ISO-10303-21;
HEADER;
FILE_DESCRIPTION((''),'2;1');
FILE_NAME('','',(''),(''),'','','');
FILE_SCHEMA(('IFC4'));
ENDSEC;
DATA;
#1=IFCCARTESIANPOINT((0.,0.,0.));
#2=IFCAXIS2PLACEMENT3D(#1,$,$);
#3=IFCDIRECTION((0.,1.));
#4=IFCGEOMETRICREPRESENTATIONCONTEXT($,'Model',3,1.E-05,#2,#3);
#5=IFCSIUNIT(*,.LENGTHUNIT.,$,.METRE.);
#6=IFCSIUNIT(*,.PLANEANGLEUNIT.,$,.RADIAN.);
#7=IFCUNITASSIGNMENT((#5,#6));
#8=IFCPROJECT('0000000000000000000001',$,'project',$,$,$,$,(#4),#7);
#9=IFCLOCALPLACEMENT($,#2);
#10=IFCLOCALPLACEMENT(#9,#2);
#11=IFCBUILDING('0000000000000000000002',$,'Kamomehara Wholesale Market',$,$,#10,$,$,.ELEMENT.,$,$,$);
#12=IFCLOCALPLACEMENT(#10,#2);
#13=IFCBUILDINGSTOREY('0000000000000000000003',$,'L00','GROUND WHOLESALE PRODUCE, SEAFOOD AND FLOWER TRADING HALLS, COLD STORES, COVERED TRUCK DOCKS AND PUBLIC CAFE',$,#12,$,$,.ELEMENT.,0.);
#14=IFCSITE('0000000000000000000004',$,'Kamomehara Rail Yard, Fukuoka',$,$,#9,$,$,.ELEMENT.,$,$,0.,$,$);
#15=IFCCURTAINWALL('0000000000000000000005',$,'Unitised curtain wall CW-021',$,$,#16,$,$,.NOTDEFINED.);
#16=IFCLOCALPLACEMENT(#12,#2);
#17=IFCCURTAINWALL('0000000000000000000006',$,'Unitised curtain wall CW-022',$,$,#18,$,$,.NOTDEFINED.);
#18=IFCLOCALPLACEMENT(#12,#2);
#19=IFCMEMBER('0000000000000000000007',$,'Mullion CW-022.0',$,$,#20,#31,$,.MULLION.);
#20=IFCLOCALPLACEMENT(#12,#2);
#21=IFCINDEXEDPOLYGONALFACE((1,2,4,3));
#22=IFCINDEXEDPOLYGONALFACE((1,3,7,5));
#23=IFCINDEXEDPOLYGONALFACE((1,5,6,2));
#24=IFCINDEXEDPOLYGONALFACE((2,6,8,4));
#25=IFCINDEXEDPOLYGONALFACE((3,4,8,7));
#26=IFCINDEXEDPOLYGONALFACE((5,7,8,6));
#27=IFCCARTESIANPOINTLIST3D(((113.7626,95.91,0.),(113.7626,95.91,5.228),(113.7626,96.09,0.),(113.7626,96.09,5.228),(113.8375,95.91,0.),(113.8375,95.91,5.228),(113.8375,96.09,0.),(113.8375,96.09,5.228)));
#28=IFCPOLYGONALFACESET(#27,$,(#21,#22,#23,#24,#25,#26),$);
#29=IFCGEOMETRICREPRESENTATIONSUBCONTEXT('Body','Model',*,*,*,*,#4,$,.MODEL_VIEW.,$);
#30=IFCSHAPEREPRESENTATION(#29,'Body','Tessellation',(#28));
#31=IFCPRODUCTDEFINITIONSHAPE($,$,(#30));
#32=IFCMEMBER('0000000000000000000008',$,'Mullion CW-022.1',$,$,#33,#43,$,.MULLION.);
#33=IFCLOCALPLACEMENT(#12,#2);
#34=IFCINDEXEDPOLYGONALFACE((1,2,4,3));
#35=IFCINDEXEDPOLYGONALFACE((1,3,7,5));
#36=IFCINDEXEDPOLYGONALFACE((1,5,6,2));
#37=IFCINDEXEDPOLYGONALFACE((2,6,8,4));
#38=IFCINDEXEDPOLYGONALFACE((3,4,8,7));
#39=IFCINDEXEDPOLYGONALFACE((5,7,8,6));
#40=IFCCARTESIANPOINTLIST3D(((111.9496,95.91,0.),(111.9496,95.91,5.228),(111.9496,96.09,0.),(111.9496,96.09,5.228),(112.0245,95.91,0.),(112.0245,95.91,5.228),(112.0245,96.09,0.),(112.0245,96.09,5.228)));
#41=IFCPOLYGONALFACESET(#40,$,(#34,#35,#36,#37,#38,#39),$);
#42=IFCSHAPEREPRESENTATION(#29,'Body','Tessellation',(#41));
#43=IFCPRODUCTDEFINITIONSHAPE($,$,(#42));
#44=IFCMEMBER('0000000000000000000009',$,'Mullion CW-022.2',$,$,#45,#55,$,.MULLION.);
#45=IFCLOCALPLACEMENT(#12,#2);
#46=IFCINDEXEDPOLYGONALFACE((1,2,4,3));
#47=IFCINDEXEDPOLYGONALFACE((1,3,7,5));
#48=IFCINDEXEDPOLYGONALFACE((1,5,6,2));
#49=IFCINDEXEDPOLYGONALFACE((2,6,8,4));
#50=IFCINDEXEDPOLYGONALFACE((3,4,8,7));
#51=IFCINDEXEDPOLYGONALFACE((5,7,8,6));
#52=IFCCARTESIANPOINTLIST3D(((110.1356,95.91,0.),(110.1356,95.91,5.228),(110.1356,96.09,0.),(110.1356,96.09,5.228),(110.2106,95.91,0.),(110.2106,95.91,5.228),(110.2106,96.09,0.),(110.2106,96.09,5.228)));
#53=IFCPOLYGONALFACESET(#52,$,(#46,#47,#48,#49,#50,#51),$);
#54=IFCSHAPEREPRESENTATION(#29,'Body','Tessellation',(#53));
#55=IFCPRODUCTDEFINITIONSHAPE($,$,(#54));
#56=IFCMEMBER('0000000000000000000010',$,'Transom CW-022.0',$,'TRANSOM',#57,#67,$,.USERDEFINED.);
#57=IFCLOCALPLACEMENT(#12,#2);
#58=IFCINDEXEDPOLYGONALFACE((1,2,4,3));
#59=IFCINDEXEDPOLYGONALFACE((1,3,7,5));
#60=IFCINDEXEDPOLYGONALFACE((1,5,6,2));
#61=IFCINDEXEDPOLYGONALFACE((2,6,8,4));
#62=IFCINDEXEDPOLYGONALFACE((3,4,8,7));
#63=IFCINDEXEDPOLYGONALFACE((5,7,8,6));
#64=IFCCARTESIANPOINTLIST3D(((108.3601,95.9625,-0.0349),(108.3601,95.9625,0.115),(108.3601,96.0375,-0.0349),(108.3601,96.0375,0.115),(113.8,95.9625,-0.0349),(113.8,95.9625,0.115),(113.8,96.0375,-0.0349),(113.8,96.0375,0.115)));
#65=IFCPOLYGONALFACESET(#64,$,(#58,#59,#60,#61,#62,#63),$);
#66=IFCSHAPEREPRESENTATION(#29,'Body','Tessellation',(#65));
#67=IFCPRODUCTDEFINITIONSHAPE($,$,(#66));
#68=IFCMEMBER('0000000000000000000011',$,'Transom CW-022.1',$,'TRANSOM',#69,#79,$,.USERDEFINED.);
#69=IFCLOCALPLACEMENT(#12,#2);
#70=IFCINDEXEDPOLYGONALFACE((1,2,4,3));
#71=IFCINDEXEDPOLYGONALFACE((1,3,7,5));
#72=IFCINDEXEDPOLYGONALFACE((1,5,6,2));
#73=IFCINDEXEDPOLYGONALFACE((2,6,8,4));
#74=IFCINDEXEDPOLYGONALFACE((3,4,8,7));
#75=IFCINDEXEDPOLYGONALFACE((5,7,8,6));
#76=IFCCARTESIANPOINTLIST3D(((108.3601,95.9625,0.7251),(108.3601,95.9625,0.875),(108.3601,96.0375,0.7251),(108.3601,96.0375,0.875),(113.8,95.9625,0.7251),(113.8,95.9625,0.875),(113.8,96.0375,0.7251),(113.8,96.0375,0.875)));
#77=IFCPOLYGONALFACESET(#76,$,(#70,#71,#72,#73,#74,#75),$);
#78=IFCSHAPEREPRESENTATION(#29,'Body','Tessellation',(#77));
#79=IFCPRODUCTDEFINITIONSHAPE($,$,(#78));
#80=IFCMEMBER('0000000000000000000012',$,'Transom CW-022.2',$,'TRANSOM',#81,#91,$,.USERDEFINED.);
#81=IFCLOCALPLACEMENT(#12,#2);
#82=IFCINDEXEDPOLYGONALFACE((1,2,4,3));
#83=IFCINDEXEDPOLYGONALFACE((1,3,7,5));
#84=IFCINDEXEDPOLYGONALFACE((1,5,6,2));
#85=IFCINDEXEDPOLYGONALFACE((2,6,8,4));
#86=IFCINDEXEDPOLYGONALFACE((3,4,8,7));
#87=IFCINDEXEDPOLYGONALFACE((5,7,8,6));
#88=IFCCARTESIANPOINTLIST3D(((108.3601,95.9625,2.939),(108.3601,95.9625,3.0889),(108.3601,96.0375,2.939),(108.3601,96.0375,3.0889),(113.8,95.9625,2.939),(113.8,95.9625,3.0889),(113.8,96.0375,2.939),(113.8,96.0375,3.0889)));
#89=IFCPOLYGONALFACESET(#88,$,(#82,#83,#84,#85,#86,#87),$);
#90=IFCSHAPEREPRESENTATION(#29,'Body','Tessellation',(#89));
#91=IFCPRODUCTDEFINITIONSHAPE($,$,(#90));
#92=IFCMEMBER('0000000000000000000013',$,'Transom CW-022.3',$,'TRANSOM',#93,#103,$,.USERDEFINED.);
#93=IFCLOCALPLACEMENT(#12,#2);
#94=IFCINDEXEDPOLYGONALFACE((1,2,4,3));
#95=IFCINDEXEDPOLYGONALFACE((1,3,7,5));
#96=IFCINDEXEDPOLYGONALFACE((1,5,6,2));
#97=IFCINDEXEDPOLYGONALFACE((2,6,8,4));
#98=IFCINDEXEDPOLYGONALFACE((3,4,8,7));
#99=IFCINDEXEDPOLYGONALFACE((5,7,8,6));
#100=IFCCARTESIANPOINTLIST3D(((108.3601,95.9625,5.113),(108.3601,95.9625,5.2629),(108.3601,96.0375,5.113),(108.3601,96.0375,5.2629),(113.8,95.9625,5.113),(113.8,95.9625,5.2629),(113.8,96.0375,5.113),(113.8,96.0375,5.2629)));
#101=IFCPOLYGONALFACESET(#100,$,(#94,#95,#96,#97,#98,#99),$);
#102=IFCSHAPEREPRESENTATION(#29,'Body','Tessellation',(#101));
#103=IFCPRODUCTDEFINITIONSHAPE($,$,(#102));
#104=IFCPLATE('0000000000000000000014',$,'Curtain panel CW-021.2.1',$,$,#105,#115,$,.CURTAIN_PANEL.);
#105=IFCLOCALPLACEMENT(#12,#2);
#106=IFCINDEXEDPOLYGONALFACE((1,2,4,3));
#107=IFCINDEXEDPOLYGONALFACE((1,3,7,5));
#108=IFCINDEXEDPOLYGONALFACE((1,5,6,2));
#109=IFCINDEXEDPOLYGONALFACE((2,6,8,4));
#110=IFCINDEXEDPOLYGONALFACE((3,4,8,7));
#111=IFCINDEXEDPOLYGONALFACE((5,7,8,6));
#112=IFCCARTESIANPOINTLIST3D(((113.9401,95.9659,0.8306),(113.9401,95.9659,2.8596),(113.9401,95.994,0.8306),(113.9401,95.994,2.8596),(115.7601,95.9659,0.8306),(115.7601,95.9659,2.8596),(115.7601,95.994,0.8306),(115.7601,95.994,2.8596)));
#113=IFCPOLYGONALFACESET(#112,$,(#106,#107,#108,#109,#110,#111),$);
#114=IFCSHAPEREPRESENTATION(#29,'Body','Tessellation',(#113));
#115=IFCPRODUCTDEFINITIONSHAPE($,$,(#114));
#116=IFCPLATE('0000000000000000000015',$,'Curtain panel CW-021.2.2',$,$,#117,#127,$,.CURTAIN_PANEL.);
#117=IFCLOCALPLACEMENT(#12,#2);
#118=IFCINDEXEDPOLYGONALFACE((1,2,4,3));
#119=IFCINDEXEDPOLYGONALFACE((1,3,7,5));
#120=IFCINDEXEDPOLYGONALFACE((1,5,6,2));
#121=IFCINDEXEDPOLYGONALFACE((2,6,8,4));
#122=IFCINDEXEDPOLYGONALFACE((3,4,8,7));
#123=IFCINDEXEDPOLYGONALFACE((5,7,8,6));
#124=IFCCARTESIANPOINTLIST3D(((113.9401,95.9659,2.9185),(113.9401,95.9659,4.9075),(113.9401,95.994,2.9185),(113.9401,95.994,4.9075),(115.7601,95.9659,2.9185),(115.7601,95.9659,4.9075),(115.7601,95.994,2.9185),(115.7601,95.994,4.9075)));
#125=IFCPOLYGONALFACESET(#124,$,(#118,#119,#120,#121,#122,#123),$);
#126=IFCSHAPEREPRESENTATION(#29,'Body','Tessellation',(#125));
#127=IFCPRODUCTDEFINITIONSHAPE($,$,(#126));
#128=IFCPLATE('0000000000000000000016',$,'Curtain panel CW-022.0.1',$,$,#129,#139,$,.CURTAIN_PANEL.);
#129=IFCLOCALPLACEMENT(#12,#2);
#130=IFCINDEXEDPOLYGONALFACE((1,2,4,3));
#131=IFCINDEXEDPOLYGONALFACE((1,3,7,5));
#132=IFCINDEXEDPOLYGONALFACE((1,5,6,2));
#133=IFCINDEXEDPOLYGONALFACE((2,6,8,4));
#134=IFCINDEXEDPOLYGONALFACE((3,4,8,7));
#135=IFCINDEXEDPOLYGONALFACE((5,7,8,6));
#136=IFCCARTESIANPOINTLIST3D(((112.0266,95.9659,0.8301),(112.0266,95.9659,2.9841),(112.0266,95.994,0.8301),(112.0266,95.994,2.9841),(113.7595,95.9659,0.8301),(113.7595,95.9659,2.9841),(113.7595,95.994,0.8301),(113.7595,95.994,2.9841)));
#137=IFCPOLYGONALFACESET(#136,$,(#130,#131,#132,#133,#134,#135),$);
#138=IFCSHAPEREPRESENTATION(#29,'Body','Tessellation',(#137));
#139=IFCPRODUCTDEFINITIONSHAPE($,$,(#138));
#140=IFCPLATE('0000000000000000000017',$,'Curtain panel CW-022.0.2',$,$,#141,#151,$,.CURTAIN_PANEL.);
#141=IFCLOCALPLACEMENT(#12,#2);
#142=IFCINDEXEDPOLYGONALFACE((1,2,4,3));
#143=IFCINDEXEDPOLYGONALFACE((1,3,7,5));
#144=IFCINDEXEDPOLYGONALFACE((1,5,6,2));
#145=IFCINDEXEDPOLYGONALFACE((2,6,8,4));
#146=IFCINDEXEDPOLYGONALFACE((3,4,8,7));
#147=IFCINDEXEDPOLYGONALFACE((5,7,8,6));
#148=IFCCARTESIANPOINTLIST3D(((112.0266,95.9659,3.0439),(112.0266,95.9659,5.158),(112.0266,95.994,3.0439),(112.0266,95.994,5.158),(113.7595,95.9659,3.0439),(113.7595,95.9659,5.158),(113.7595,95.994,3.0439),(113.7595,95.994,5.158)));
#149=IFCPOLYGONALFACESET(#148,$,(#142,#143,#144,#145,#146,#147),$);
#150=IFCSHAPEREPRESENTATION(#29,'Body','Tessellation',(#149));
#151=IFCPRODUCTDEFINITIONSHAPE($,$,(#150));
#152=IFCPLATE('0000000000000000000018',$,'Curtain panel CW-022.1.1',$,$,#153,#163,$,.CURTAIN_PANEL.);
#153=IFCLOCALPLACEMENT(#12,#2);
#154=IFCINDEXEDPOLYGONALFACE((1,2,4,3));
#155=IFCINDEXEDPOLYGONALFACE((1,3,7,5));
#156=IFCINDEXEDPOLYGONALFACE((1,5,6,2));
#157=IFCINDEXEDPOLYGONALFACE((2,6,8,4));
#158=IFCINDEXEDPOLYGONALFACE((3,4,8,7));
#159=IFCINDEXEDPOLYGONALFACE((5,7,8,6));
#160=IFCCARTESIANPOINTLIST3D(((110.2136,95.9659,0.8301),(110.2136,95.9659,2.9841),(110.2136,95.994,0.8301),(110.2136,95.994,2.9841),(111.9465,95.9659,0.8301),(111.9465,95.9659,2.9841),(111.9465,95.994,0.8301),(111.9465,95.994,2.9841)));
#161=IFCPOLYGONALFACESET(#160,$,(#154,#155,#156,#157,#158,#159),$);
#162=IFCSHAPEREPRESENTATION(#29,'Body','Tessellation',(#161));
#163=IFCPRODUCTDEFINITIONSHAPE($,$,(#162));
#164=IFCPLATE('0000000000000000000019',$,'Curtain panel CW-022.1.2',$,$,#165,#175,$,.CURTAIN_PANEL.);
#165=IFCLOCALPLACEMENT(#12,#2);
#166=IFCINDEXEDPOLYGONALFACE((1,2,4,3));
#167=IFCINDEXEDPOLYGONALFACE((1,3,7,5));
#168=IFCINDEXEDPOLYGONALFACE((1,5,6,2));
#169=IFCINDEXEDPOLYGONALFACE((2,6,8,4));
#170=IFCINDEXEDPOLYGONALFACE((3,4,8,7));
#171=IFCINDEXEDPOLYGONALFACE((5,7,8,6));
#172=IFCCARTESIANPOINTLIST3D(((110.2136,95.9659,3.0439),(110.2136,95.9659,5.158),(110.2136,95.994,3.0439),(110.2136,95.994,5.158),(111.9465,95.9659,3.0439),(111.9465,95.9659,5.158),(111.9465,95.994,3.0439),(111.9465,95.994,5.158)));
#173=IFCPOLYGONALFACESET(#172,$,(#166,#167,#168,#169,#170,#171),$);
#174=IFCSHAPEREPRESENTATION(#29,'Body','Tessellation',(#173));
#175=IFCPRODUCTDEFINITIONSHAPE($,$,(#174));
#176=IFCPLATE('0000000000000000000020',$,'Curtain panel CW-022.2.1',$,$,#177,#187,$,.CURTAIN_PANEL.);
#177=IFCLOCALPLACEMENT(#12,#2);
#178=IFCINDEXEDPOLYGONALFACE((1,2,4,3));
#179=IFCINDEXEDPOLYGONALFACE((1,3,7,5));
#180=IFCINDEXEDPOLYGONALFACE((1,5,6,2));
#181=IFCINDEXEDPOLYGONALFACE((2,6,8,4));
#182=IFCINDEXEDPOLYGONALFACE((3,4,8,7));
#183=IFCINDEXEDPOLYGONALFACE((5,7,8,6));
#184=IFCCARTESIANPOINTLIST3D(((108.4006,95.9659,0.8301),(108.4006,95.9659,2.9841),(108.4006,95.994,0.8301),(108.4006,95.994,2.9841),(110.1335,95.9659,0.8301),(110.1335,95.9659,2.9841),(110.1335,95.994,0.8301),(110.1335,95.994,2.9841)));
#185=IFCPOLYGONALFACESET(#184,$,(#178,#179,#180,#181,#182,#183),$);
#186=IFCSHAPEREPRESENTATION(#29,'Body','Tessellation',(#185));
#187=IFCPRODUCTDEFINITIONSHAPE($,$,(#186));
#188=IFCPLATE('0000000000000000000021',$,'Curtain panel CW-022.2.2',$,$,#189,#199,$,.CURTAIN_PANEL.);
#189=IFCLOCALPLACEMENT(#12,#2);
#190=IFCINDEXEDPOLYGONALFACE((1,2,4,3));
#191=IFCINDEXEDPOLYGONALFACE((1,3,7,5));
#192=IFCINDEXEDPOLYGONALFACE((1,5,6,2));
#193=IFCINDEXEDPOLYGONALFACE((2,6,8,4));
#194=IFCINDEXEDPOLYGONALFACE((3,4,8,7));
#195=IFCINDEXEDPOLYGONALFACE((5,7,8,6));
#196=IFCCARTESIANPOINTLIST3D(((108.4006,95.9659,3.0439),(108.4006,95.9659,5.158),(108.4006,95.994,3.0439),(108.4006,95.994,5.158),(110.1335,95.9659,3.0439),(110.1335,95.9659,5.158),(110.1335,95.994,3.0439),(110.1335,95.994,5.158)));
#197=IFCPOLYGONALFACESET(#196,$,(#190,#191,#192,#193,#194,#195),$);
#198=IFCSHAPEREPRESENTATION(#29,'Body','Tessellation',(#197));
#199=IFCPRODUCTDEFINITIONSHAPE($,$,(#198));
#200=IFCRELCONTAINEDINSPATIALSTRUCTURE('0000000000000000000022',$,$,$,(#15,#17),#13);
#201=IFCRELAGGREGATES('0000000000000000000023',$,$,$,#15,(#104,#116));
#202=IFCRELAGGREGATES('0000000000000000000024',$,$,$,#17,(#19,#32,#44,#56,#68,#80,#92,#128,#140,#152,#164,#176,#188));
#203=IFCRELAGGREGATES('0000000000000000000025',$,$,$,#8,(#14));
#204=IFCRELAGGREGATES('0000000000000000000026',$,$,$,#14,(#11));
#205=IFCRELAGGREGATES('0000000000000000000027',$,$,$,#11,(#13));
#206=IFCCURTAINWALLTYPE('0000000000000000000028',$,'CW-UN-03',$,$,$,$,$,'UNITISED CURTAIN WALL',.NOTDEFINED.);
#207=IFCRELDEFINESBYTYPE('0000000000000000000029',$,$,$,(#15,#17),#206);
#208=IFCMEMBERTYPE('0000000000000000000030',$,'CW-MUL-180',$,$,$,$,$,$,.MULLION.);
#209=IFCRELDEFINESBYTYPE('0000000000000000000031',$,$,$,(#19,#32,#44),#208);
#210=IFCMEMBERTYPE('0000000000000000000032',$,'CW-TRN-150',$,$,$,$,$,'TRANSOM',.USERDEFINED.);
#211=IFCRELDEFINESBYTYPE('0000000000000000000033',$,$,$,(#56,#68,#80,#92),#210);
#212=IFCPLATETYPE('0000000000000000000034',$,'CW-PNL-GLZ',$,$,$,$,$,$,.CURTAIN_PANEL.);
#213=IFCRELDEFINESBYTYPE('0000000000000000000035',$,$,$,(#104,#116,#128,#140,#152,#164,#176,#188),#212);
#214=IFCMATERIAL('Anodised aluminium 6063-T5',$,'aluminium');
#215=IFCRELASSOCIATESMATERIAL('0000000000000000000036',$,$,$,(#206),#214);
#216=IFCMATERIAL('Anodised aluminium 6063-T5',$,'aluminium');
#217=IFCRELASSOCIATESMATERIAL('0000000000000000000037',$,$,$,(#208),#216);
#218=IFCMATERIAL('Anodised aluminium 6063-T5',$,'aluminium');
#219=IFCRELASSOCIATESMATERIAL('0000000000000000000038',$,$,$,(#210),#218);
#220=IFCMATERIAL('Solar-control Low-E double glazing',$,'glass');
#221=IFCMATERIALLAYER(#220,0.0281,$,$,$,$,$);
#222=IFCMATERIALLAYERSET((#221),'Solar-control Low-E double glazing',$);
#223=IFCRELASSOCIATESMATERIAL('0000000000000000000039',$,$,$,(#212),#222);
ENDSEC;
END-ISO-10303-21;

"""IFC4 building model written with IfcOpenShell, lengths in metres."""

from ifc_helpers import new_model, si_unit, direction, frame, origin, origin_2d, place, context, subcontext, project, spatial, rectangle, extrude, material, layer, layer_set, material_profile, profile_set, type_object, element, aggregate, save


model = new_model("IFC4")

# Units and contexts
model_context = context("Model", 3, precision=1e-05, world=origin(), true_north=direction((0.0, 1.0)))
body_context = subcontext(model_context, "Body", "Model", "MODEL_VIEW")
ifc_project = project(units=[si_unit("LENGTHUNIT", "METRE"), si_unit("PLANEANGLEUNIT", "RADIAN")], contexts=[model_context])

# Site, building, storey
site_placement = place(None, origin())
site = spatial("IfcSite", under=ifc_project, at=site_placement, Name="Kamomehara Rail Yard, Fukuoka", CompositionType="ELEMENT", RefElevation=0.0)
building_placement = place(site_placement, origin())
building = spatial("IfcBuilding", under=site, at=building_placement, Name="Kamomehara Wholesale Market", CompositionType="ELEMENT")
storey_placement = place(building_placement, origin())
storey = spatial("IfcBuildingStorey", under=building, at=storey_placement, Name="L00", Description="GROUND WHOLESALE PRODUCE, SEAFOOD AND FLOWER TRADING HALLS, COLD STORES, COVERED TRUCK DOCKS AND PUBLIC CAFE", CompositionType="ELEMENT", Elevation=0.0)

# Curtain wall
ifc_material_1 = material(Name="Anodised aluminium 6063-T5", Category="aluminium")
curtain_wall_type = type_object("IfcCurtainWallType", Name="CW-UN-03", ElementType="UNITISED CURTAIN WALL", PredefinedType="NOTDEFINED", material=ifc_material_1)
curtain_wall_1_placement = place(storey_placement, origin())
curtain_wall_1 = element("IfcCurtainWall", 1, at=curtain_wall_1_placement, inside=storey, type_object=curtain_wall_type, Name="Unitised curtain wall CW-021", PredefinedType="NOTDEFINED")
ifc_material_2 = material(Name="Anodised aluminium 6063-T5", Category="aluminium")
ifc_material_profile_1 = material_profile(ifc_material_2, rectangle(XDim=0.075, YDim=0.1799, at=origin_2d()), Name="ALU-MUL-75x180")
ifc_profile_set_1 = profile_set([ifc_material_profile_1], Name="Anodised aluminium 6063-T5")
member_type_1 = type_object("IfcMemberType", Name="CW-MUL-180", PredefinedType="MULLION", material=ifc_profile_set_1)

# Curtain wall, members
curtain_wall_2_placement = place(storey_placement, origin())
curtain_wall_2 = element("IfcCurtainWall", 2, at=curtain_wall_2_placement, inside=storey, type_object=curtain_wall_type, Name="Unitised curtain wall CW-022", PredefinedType="NOTDEFINED")
member_1_placement = place(storey_placement, frame((113.8, 96.0, 0.0), z_axis=(0.0, 0.0, 1.0), x_axis=(-1.0, 0.0, 0.0)))
member_1 = element("IfcMember", 3, at=member_1_placement, type_object=member_type_1, Name="Mullion CW-022.0", PredefinedType="MULLION", context=body_context, shape_type="SweptSolid", body=[
    extrude(rectangle(XDim=0.075, YDim=0.1799, at=origin_2d()), origin(), (0.0, 0.0, 1.0), 5.228),
])
member_2_placement = place(storey_placement, frame((111.9871, 96.0, 0.0), z_axis=(0.0, 0.0, 1.0), x_axis=(-1.0, 0.0, 0.0)))
member_2 = element("IfcMember", 4, at=member_2_placement, type_object=member_type_1, Name="Mullion CW-022.1", PredefinedType="MULLION", context=body_context, shape_type="SweptSolid", body=[
    extrude(rectangle(XDim=0.075, YDim=0.1799, at=origin_2d()), origin(), (0.0, 0.0, 1.0), 5.228),
])
member_3_placement = place(storey_placement, frame((110.1731, 96.0, 0.0), z_axis=(0.0, 0.0, 1.0), x_axis=(-1.0, 0.0, 0.0)))
member_3 = element("IfcMember", 5, at=member_3_placement, type_object=member_type_1, Name="Mullion CW-022.2", PredefinedType="MULLION", context=body_context, shape_type="SweptSolid", body=[
    extrude(rectangle(XDim=0.075, YDim=0.1799, at=origin_2d()), origin(), (0.0, 0.0, 1.0), 5.228),
])
ifc_material_3 = material(Name="Anodised aluminium 6063-T5", Category="aluminium")
ifc_material_profile_2 = material_profile(ifc_material_3, rectangle(XDim=0.075, YDim=0.1499, at=origin_2d()), Name="ALU-TRN-75x150")
ifc_profile_set_2 = profile_set([ifc_material_profile_2], Name="Anodised aluminium 6063-T5")
member_type_2 = type_object("IfcMemberType", Name="CW-TRN-150", ElementType="TRANSOM", PredefinedType="USERDEFINED", material=ifc_profile_set_2)
member_4_placement = place(storey_placement, frame((113.8, 96.0, 0.04), z_axis=(-1.0, 0.0, 0.0), x_axis=(0.0, -1.0, 0.0)))
member_4 = element("IfcMember", 6, at=member_4_placement, type_object=member_type_2, Name="Transom CW-022.0", ObjectType="TRANSOM", PredefinedType="USERDEFINED", context=body_context, shape_type="SweptSolid", body=[
    extrude(rectangle(XDim=0.075, YDim=0.1499, at=origin_2d()), origin(), (0.0, 0.0, 1.0), 5.4399),
])
member_5_placement = place(storey_placement, frame((113.8, 96.0, 0.8), z_axis=(-1.0, 0.0, 0.0), x_axis=(0.0, -1.0, 0.0)))
member_5 = element("IfcMember", 7, at=member_5_placement, type_object=member_type_2, Name="Transom CW-022.1", ObjectType="TRANSOM", PredefinedType="USERDEFINED", context=body_context, shape_type="SweptSolid", body=[
    extrude(rectangle(XDim=0.075, YDim=0.1499, at=origin_2d()), origin(), (0.0, 0.0, 1.0), 5.4399),
])
member_6_placement = place(storey_placement, frame((113.8, 96.0, 3.0139), z_axis=(-1.0, 0.0, 0.0), x_axis=(0.0, -1.0, 0.0)))
member_6 = element("IfcMember", 8, at=member_6_placement, type_object=member_type_2, Name="Transom CW-022.2", ObjectType="TRANSOM", PredefinedType="USERDEFINED", context=body_context, shape_type="SweptSolid", body=[
    extrude(rectangle(XDim=0.075, YDim=0.1499, at=origin_2d()), origin(), (0.0, 0.0, 1.0), 5.4399),
])
member_7_placement = place(storey_placement, frame((113.8, 96.0, 5.188), z_axis=(-1.0, 0.0, 0.0), x_axis=(0.0, -1.0, 0.0)))
member_7 = element("IfcMember", 9, at=member_7_placement, type_object=member_type_2, Name="Transom CW-022.3", ObjectType="TRANSOM", PredefinedType="USERDEFINED", context=body_context, shape_type="SweptSolid", body=[
    extrude(rectangle(XDim=0.075, YDim=0.1499, at=origin_2d()), origin(), (0.0, 0.0, 1.0), 5.4399),
])

# Plates
ifc_material_4 = material(Name="Solar-control Low-E double glazing", Category="glass")
ifc_layer_1 = layer(ifc_material_4, 0.0281)
ifc_layer_set_1 = layer_set([ifc_layer_1], Name="Solar-control Low-E double glazing")
plate_type_1 = type_object("IfcPlateType", Name="CW-PNL-GLZ", PredefinedType="CURTAIN_PANEL", material=ifc_layer_set_1)
plate_1_placement = place(storey_placement, frame((114.8501, 95.98, 0.8306), z_axis=(0.0, 0.0, 1.0), x_axis=(-1.0, 0.0, 0.0)))
plate_1 = element("IfcPlate", 10, at=plate_1_placement, type_object=plate_type_1, Name="Curtain panel CW-021.2.1", PredefinedType="CURTAIN_PANEL", context=body_context, shape_type="SweptSolid", body=[
    extrude(rectangle(XDim=1.8201, YDim=0.0281, at=origin_2d()), origin(), (0.0, 0.0, 1.0), 2.0291),
])
plate_2_placement = place(storey_placement, frame((114.8501, 95.98, 2.9185), z_axis=(0.0, 0.0, 1.0), x_axis=(-1.0, 0.0, 0.0)))
plate_2 = element("IfcPlate", 11, at=plate_2_placement, type_object=plate_type_1, Name="Curtain panel CW-021.2.2", PredefinedType="CURTAIN_PANEL", context=body_context, shape_type="SweptSolid", body=[
    extrude(rectangle(XDim=1.8201, YDim=0.0281, at=origin_2d()), origin(), (0.0, 0.0, 1.0), 1.989),
])
plate_3_placement = place(storey_placement, frame((112.8931, 95.98, 0.8301), z_axis=(0.0, 0.0, 1.0), x_axis=(-1.0, 0.0, 0.0)))
plate_3 = element("IfcPlate", 12, at=plate_3_placement, type_object=plate_type_1, Name="Curtain panel CW-022.0.1", PredefinedType="CURTAIN_PANEL", context=body_context, shape_type="SweptSolid", body=[
    extrude(rectangle(XDim=1.7329, YDim=0.0281, at=origin_2d()), origin(), (0.0, 0.0, 1.0), 2.1541),
])
plate_4_placement = place(storey_placement, frame((112.8931, 95.98, 3.0439), z_axis=(0.0, 0.0, 1.0), x_axis=(-1.0, 0.0, 0.0)))
plate_4 = element("IfcPlate", 13, at=plate_4_placement, type_object=plate_type_1, Name="Curtain panel CW-022.0.2", PredefinedType="CURTAIN_PANEL", context=body_context, shape_type="SweptSolid", body=[
    extrude(rectangle(XDim=1.7329, YDim=0.0281, at=origin_2d()), origin(), (0.0, 0.0, 1.0), 2.114),
])
plate_5_placement = place(storey_placement, frame((111.0801, 95.98, 0.8301), z_axis=(0.0, 0.0, 1.0), x_axis=(-1.0, 0.0, 0.0)))
plate_5 = element("IfcPlate", 14, at=plate_5_placement, type_object=plate_type_1, Name="Curtain panel CW-022.1.1", PredefinedType="CURTAIN_PANEL", context=body_context, shape_type="SweptSolid", body=[
    extrude(rectangle(XDim=1.7329, YDim=0.0281, at=origin_2d()), origin(), (0.0, 0.0, 1.0), 2.1541),
])
plate_6_placement = place(storey_placement, frame((111.0801, 95.98, 3.0439), z_axis=(0.0, 0.0, 1.0), x_axis=(-1.0, 0.0, 0.0)))
plate_6 = element("IfcPlate", 15, at=plate_6_placement, type_object=plate_type_1, Name="Curtain panel CW-022.1.2", PredefinedType="CURTAIN_PANEL", context=body_context, shape_type="SweptSolid", body=[
    extrude(rectangle(XDim=1.7329, YDim=0.0281, at=origin_2d()), origin(), (0.0, 0.0, 1.0), 2.114),
])
plate_7_placement = place(storey_placement, frame((109.2671, 95.98, 0.8301), z_axis=(0.0, 0.0, 1.0), x_axis=(-1.0, 0.0, 0.0)))
plate_7 = element("IfcPlate", 16, at=plate_7_placement, type_object=plate_type_1, Name="Curtain panel CW-022.2.1", PredefinedType="CURTAIN_PANEL", context=body_context, shape_type="SweptSolid", body=[
    extrude(rectangle(XDim=1.7329, YDim=0.0281, at=origin_2d()), origin(), (0.0, 0.0, 1.0), 2.1541),
])
plate_8_placement = place(storey_placement, frame((109.2671, 95.98, 3.0439), z_axis=(0.0, 0.0, 1.0), x_axis=(-1.0, 0.0, 0.0)))
plate_8 = element("IfcPlate", 17, at=plate_8_placement, type_object=plate_type_1, Name="Curtain panel CW-022.2.2", PredefinedType="CURTAIN_PANEL", context=body_context, shape_type="SweptSolid", body=[
    extrude(rectangle(XDim=1.7329, YDim=0.0281, at=origin_2d()), origin(), (0.0, 0.0, 1.0), 2.114),
])
aggregate(curtain_wall_1, [plate_1, plate_2])
aggregate(curtain_wall_2, [member_1, member_2, member_3, member_4, member_5, member_6, member_7, plate_3, plate_4, plate_5, plate_6, plate_7, plate_8])

save(model, "model.ifc")
